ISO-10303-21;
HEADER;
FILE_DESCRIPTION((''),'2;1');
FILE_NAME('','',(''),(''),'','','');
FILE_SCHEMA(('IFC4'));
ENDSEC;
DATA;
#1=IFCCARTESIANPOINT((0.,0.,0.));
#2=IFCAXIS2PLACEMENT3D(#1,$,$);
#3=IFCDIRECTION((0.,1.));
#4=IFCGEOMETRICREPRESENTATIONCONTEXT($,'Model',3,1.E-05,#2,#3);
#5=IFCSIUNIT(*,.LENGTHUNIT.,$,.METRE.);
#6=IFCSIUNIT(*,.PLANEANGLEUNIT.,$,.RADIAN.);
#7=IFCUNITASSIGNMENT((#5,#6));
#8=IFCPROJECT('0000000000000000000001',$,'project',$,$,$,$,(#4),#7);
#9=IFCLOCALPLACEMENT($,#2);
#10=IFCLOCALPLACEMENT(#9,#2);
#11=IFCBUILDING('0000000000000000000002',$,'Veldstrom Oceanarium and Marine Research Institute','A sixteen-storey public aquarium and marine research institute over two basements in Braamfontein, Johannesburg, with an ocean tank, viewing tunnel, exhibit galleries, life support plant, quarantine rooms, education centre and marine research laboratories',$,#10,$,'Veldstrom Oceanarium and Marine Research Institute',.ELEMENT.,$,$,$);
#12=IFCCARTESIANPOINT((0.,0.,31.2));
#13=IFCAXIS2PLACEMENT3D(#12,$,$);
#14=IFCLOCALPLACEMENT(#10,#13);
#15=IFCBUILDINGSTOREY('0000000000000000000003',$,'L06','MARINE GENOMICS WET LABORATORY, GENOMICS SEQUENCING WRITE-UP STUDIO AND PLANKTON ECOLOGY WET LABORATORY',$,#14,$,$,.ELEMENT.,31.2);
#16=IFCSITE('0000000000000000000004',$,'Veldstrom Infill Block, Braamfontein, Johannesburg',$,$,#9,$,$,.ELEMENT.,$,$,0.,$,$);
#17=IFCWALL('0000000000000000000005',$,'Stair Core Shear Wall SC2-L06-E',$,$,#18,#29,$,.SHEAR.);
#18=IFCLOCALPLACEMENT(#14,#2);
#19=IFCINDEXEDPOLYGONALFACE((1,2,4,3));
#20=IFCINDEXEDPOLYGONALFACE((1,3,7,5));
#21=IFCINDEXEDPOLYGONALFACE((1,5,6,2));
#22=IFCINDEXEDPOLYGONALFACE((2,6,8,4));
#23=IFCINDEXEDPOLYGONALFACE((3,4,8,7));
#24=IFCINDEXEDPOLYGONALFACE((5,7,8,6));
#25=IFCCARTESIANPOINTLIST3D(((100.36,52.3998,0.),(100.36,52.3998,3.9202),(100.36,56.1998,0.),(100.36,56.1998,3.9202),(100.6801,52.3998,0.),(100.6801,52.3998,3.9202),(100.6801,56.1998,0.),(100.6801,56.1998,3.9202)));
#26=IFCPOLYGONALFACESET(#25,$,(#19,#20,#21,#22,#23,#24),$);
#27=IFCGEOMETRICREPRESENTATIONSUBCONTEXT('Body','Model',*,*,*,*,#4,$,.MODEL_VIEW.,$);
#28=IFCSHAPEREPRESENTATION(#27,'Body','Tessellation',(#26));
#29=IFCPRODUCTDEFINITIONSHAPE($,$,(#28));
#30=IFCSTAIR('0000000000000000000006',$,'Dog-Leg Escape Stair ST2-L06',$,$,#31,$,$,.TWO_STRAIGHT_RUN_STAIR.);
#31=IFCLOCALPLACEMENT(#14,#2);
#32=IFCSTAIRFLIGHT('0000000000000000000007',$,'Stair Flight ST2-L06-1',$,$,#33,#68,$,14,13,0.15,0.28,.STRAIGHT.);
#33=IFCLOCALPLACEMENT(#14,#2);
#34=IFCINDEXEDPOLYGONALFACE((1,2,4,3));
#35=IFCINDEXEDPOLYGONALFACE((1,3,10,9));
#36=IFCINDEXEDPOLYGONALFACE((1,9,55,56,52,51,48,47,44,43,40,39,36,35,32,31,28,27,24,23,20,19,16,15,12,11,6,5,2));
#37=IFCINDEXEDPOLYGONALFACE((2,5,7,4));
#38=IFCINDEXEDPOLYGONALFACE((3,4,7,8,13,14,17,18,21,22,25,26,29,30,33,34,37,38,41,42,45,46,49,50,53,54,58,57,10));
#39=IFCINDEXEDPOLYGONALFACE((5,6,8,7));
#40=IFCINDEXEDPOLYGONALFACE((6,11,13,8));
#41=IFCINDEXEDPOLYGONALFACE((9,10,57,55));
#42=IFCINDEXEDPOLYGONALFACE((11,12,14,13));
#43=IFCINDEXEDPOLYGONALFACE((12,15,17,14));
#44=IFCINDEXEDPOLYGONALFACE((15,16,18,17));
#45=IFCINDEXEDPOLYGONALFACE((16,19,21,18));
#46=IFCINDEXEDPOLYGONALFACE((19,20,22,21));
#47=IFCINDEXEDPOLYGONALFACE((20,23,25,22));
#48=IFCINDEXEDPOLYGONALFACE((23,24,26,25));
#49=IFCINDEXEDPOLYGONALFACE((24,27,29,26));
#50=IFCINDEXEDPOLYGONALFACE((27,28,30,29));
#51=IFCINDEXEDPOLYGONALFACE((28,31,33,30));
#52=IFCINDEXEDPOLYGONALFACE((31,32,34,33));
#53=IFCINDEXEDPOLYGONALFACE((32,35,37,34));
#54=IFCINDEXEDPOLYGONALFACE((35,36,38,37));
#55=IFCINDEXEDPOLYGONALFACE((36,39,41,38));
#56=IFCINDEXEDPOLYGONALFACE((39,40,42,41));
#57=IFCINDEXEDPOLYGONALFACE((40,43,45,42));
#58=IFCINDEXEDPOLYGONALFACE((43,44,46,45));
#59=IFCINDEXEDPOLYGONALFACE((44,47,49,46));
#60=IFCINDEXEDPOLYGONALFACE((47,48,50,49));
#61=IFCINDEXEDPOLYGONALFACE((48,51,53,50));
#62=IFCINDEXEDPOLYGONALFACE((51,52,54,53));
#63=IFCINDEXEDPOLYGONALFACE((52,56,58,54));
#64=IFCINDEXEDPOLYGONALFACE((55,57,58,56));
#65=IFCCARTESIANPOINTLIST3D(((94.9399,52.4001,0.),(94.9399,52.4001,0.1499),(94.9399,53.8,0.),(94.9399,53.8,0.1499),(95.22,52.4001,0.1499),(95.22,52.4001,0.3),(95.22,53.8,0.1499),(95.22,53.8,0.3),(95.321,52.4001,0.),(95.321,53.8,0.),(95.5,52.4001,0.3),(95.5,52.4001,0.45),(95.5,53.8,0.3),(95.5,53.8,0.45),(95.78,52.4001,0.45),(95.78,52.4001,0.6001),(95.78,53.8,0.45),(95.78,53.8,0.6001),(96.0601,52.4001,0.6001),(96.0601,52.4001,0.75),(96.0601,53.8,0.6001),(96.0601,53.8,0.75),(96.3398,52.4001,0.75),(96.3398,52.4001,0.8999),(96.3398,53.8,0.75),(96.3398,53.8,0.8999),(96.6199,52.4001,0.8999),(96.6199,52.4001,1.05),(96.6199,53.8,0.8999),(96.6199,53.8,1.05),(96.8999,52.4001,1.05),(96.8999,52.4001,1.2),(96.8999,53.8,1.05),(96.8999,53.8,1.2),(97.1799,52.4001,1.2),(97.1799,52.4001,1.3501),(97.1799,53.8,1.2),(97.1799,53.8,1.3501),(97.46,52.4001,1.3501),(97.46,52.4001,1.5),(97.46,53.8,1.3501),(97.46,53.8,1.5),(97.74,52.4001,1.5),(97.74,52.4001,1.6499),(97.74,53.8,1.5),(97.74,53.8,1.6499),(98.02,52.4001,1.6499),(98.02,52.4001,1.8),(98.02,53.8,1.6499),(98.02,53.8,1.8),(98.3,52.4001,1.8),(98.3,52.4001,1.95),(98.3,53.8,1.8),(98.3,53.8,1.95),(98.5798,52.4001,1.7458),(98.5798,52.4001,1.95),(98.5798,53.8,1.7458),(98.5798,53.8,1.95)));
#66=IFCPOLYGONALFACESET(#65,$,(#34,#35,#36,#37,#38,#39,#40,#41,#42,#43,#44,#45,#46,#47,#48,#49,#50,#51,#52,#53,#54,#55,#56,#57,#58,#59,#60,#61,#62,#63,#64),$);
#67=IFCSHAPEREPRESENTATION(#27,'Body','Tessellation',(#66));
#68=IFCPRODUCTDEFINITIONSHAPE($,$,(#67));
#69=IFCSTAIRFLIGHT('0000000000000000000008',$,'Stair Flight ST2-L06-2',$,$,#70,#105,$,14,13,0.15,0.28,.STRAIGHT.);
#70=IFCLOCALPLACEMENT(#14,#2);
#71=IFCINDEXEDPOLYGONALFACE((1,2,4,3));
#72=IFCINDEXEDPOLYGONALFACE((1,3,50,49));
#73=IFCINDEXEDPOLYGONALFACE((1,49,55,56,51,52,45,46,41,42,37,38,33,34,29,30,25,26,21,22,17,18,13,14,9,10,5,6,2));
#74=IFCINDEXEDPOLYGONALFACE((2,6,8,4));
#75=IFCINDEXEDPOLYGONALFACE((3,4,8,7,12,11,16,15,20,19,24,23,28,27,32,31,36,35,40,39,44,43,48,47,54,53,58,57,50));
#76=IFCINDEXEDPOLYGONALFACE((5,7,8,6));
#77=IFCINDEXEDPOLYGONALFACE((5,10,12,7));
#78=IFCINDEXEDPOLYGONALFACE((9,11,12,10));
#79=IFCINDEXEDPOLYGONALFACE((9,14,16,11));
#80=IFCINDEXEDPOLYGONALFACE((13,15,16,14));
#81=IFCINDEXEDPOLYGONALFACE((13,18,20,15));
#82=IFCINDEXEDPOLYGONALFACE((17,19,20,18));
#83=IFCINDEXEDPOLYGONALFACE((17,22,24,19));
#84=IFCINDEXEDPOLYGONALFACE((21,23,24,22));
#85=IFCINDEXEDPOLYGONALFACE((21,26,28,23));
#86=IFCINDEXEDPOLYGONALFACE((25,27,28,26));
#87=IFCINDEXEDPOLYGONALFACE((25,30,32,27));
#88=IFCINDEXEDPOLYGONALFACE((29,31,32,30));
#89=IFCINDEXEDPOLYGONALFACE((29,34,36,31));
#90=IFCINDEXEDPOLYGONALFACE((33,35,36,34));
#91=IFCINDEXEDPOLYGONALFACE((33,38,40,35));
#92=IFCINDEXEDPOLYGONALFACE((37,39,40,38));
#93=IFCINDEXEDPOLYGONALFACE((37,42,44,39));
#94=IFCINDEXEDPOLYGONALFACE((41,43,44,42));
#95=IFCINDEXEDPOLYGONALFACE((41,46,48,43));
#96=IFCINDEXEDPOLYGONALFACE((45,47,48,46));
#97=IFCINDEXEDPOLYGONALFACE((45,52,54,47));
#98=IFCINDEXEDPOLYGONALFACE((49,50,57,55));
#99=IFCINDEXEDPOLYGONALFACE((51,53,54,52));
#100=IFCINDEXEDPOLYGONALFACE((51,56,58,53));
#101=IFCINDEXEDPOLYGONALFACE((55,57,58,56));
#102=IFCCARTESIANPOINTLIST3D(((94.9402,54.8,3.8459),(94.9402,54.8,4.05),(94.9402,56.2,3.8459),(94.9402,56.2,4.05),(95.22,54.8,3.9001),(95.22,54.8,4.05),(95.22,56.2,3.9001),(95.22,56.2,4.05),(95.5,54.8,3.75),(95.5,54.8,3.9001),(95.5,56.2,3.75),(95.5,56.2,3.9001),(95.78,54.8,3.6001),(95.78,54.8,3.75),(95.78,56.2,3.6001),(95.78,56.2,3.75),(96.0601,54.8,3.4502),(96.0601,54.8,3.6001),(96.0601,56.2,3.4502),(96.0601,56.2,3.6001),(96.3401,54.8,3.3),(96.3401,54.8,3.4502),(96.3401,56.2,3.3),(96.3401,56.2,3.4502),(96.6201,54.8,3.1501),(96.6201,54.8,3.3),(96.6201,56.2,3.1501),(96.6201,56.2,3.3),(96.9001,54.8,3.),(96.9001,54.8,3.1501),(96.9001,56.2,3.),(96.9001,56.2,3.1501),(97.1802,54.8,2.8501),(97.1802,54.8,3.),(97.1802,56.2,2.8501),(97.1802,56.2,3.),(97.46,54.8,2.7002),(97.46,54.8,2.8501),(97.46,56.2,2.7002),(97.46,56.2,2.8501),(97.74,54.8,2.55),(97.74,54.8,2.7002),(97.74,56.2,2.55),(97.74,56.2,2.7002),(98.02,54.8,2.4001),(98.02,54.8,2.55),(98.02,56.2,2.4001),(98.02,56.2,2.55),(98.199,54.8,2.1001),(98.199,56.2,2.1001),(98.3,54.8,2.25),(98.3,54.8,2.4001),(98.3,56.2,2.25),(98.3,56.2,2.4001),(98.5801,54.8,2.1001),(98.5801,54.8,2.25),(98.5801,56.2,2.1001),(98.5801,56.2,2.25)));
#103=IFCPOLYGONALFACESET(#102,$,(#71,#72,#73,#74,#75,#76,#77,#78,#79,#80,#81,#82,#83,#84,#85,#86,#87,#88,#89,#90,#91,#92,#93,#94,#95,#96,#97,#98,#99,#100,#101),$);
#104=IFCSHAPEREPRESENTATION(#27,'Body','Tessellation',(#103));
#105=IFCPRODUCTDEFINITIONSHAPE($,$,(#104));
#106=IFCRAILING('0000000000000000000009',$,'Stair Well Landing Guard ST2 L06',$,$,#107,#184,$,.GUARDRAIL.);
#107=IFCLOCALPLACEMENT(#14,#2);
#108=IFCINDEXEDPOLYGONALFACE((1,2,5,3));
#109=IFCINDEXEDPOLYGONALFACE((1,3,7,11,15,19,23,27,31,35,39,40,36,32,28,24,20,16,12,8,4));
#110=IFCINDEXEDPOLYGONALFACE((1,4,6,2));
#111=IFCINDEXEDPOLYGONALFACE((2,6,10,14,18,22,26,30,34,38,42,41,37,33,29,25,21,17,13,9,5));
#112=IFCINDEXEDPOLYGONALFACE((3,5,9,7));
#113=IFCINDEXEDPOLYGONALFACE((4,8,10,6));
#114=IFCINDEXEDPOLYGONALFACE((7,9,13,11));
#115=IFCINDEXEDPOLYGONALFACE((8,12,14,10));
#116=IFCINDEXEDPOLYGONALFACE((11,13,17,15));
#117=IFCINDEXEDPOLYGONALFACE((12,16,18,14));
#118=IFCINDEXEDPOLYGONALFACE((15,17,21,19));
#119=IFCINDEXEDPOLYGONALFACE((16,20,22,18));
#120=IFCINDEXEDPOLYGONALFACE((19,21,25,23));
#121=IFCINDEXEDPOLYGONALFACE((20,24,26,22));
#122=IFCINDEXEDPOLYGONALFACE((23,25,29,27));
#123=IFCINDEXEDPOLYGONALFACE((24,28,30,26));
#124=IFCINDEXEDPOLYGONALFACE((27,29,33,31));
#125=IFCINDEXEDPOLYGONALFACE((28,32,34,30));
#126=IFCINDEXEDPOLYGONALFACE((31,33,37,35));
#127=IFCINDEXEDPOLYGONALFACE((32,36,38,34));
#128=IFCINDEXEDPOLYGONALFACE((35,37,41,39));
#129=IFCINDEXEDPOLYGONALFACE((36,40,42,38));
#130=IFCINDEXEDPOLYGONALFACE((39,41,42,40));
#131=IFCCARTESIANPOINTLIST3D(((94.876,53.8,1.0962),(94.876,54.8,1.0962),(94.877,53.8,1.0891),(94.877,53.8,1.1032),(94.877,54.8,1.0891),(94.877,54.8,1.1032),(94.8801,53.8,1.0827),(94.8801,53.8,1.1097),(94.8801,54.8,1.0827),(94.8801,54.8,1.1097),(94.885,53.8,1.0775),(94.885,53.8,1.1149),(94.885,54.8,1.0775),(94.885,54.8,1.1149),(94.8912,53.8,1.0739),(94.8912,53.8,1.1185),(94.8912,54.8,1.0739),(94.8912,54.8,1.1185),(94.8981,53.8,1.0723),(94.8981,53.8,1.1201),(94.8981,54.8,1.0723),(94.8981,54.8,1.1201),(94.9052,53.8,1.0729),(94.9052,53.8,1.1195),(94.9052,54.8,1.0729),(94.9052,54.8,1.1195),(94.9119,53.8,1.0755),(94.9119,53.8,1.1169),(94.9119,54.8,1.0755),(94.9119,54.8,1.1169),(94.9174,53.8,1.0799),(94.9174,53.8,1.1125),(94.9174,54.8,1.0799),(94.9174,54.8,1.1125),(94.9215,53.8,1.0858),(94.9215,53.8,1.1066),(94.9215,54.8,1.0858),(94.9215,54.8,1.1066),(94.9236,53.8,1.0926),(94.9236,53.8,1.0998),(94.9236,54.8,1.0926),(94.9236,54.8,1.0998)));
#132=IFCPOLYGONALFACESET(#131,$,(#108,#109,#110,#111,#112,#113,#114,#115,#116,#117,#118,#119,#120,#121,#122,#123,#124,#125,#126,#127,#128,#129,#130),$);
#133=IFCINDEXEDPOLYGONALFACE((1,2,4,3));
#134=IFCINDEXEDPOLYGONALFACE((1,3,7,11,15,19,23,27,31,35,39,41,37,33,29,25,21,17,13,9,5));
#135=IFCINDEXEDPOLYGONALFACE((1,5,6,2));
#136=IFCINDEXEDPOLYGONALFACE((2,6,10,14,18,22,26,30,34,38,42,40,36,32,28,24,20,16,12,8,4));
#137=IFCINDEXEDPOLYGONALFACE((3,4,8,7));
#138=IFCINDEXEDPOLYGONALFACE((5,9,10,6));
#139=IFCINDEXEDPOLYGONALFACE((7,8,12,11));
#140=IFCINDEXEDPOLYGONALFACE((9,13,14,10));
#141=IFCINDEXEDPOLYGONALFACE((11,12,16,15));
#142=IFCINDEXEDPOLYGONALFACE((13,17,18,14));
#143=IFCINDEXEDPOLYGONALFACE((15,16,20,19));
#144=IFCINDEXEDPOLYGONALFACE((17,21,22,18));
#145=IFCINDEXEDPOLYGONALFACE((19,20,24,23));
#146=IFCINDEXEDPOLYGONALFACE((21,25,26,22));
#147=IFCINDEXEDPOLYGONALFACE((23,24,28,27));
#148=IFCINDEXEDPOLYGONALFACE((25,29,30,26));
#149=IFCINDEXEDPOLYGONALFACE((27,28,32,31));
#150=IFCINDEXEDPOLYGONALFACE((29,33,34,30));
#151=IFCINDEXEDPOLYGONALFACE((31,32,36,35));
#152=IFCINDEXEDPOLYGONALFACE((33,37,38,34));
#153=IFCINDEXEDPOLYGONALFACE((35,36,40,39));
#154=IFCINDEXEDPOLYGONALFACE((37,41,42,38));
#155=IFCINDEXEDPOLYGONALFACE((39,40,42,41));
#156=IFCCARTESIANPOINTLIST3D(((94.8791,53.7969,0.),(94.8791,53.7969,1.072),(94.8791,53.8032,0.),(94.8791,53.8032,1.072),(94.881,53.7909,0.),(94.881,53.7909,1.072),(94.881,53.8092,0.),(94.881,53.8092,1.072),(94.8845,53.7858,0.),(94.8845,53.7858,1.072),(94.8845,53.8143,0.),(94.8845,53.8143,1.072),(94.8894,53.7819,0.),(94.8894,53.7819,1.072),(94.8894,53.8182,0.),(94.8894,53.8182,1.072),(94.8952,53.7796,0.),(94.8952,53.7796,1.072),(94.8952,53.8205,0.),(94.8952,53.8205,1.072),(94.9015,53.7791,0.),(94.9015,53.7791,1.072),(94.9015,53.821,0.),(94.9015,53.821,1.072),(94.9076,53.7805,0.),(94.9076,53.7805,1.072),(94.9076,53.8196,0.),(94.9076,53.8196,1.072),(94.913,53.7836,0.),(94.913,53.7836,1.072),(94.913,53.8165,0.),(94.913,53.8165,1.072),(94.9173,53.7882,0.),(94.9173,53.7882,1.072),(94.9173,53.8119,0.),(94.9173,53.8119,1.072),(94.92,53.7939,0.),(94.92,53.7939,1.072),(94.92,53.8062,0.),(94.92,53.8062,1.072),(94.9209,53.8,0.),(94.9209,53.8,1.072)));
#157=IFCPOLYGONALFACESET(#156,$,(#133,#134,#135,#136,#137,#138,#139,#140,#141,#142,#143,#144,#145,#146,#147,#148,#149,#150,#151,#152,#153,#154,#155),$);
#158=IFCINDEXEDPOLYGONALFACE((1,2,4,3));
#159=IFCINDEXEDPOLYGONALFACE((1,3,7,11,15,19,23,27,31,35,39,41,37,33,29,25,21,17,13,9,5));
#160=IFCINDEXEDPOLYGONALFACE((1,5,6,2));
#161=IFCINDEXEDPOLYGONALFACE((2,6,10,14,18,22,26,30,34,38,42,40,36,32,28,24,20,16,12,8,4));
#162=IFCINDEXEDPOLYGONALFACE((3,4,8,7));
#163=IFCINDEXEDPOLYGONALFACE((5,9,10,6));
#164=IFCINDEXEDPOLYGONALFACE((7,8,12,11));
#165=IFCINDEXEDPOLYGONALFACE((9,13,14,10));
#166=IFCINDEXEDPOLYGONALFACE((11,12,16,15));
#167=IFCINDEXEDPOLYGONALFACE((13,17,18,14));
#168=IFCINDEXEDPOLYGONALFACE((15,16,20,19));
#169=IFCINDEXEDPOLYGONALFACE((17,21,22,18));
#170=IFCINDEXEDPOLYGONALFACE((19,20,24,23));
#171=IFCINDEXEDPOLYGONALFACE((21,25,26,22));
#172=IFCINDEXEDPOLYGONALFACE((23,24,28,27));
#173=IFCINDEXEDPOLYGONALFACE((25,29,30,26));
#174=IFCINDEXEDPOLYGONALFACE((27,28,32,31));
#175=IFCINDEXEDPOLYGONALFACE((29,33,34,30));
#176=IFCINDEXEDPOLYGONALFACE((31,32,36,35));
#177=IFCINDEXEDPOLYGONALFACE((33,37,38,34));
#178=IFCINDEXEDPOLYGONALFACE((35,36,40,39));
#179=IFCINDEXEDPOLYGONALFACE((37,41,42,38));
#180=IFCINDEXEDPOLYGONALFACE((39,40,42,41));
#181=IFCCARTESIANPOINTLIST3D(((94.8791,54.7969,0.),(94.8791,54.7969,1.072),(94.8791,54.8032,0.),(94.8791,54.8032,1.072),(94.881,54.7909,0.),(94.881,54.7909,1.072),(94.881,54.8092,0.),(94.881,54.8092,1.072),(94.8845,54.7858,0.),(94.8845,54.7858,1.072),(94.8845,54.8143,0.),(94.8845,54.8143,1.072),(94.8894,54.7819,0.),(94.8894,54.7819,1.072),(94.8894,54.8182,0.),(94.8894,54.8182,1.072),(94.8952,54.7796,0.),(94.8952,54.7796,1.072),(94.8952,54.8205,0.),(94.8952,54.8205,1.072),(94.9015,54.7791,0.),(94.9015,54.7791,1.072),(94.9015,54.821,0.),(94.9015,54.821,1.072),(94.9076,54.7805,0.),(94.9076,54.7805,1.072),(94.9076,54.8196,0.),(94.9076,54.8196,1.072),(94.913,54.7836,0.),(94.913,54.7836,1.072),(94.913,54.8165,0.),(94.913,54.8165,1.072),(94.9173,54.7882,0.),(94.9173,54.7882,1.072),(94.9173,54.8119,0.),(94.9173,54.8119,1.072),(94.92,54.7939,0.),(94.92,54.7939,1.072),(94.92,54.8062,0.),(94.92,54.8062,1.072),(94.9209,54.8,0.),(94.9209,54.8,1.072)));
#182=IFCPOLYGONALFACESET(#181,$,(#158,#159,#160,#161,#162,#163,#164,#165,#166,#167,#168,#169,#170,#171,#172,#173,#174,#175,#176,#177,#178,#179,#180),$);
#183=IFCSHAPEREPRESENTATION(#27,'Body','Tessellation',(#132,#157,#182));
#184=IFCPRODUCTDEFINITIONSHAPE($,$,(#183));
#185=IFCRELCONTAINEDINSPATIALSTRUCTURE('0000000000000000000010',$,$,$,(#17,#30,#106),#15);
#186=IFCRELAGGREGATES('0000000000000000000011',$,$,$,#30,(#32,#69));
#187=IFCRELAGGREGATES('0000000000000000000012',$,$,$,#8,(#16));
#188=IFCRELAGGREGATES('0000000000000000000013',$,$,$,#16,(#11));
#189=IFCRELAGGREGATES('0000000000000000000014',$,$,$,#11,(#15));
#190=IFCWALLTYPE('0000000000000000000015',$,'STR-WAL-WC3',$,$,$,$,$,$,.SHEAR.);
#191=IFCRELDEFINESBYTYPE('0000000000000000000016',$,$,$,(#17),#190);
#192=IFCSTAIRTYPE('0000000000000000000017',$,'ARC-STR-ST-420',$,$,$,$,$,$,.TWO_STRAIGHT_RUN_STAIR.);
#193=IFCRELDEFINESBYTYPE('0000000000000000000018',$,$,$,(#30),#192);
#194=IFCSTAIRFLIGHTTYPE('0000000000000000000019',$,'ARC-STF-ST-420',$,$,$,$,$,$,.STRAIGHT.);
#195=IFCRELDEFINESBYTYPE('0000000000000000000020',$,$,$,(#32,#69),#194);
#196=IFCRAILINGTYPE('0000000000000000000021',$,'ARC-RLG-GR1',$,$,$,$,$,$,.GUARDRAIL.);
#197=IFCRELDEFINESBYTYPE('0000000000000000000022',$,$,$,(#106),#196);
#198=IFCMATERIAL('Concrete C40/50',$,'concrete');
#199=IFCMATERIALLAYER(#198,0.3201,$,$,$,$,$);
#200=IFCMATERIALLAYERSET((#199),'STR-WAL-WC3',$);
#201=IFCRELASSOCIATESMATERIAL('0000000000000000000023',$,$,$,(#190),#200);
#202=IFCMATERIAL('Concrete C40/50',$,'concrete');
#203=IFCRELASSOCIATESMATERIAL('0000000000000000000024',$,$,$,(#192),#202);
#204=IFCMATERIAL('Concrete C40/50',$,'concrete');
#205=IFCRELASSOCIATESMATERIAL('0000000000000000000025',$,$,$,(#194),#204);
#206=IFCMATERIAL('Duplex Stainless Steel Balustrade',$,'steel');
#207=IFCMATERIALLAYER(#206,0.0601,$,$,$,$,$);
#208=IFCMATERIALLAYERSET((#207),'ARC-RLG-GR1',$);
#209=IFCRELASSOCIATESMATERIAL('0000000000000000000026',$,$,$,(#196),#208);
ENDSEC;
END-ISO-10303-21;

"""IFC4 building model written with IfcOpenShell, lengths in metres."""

from ifc_helpers import new_model, si_unit, direction, frame, frame_2d, origin, origin_2d, place, context, subcontext, project, spatial, polyline, rectangle, circle, outline, extrude, material, layer, layer_set, type_object, element, aggregate, save


model = new_model("IFC4")

# Units and contexts
model_context = context("Model", 3, precision=1e-05, world=origin(), true_north=direction((0.0, 1.0)))
body_context = subcontext(model_context, "Body", "Model", "MODEL_VIEW")
ifc_project = project(units=[si_unit("LENGTHUNIT", "METRE"), si_unit("PLANEANGLEUNIT", "RADIAN")], contexts=[model_context])

# Site, building, storey
site_placement = place(None, origin())
site = spatial("IfcSite", under=ifc_project, at=site_placement, Name="Veldstrom Infill Block, Braamfontein, Johannesburg", CompositionType="ELEMENT", RefElevation=0.0)
building_placement = place(site_placement, origin())
building = spatial("IfcBuilding", under=site, at=building_placement, Name="Veldstrom Oceanarium and Marine Research Institute", Description="A sixteen-storey public aquarium and marine research institute over two basements in Braamfontein, Johannesburg, with an ocean tank, viewing tunnel, exhibit galleries, life support plant, quarantine rooms, education centre and marine research laboratories", LongName="Veldstrom Oceanarium and Marine Research Institute", CompositionType="ELEMENT")
storey_placement = place(building_placement, frame((0.0, 0.0, 31.2)))
storey = spatial("IfcBuildingStorey", under=building, at=storey_placement, Name="L06", Description="MARINE GENOMICS WET LABORATORY, GENOMICS SEQUENCING WRITE-UP STUDIO AND PLANKTON ECOLOGY WET LABORATORY", CompositionType="ELEMENT", Elevation=31.2)

# Shared definitions
ifc_material_1 = material(Name="Concrete C40/50", Category="concrete")
ifc_layer_1 = layer(ifc_material_1, 0.3201)
ifc_layer_set_1 = layer_set([ifc_layer_1], Name="STR-WAL-WC3")
wall_type_1 = type_object("IfcWallType", Name="STR-WAL-WC3", PredefinedType="SHEAR", material=ifc_layer_set_1)

# Wall
for number, where, z_axis, x_axis, name in (
    (1, (100.52, 52.3999, 0.0), (0.0, 0.0, 1.0), (0.0, 1.0, 0.0), "Stair Core Shear Wall SC2-L06-E"),
):
    element("IfcWall", number, at=place(storey_placement, frame(where, z_axis=z_axis, x_axis=x_axis)), inside=storey, type_object=wall_type_1, Name=name, PredefinedType="SHEAR", context=body_context, shape_type="SweptSolid", body=[
        extrude(rectangle(XDim=3.8, YDim=0.3201, at=frame_2d((1.8999, 0.0))), origin(), (0.0, 0.0, 1.0), 3.9202),
    ])

# Stair, stair flights
ifc_material_2 = material(Name="Concrete C40/50", Category="concrete")
stair_type = type_object("IfcStairType", Name="ARC-STR-ST-420", PredefinedType="TWO_STRAIGHT_RUN_STAIR", material=ifc_material_2)
stair_placement = place(storey_placement, origin())
stair = element("IfcStair", 2, at=stair_placement, inside=storey, type_object=stair_type, Name="Dog-Leg Escape Stair ST2-L06", PredefinedType="TWO_STRAIGHT_RUN_STAIR")
ifc_material_3 = material(Name="Concrete C40/50", Category="concrete")
stair_flight_type = type_object("IfcStairFlightType", Name="ARC-STF-ST-420", PredefinedType="STRAIGHT", material=ifc_material_3)
stair_flight_1_placement = place(storey_placement, frame((94.9399, 53.1001, 0.0), z_axis=(0.0, 0.0, 1.0), x_axis=(1.0, 0.0, 0.0)))
stair_flight_1 = element("IfcStairFlight", 3, at=stair_flight_1_placement, type_object=stair_flight_type, Name="Stair Flight ST2-L06-1", NumberOfRisers=14, NumberOfTreads=13, PredefinedType="STRAIGHT", RiserHeight=0.15, TreadLength=0.28, context=body_context, shape_type="SweptSolid", body=[
    extrude(outline(polyline([(0.0, 0.0), (0.0, 0.1499), (0.28, 0.1499), (0.28, 0.3), (0.5601, 0.3), (0.5601, 0.45), (0.8401, 0.45), (0.8401, 0.6001), (1.1201, 0.6001), (1.1201, 0.75), (1.3999, 0.75), (1.3999, 0.8999), (1.6799, 0.8999), (1.6799, 1.05), (1.96, 1.05), (1.96, 1.2), (2.24, 1.2), (2.24, 1.3501), (2.52, 1.3501), (2.52, 1.5), (2.8, 1.5), (2.8, 1.6499), (3.0801, 1.6499), (3.0801, 1.8), (3.3601, 1.8), (3.3601, 1.95), (3.6399, 1.95), (3.6399, 2.1001), (3.6399, 1.7458), (0.3811, 0.0), (0.0, 0.0)])), frame((0.0, 0.7, 0.0), z_axis=(0.0, -1.0, 0.0), x_axis=(1.0, 0.0, 0.0)), (0.0, 0.0, 1.0), 1.3999),
])
stair_flight_2_placement = place(storey_placement, frame((98.5801, 55.5, 2.1001), z_axis=(0.0, 0.0, 1.0), x_axis=(-1.0, 0.0, 0.0)))
stair_flight_2 = element("IfcStairFlight", 4, at=stair_flight_2_placement, type_object=stair_flight_type, Name="Stair Flight ST2-L06-2", NumberOfRisers=14, NumberOfTreads=13, PredefinedType="STRAIGHT", RiserHeight=0.15, TreadLength=0.28, context=body_context, shape_type="SweptSolid", body=[
    extrude(outline(polyline([(0.0, 0.0), (0.0, 0.1499), (0.28, 0.1499), (0.28, 0.3), (0.5601, 0.3), (0.5601, 0.45), (0.8401, 0.45), (0.8401, 0.6001), (1.1201, 0.6001), (1.1201, 0.75), (1.3999, 0.75), (1.3999, 0.8999), (1.6799, 0.8999), (1.6799, 1.05), (1.96, 1.05), (1.96, 1.2), (2.24, 1.2), (2.24, 1.3501), (2.52, 1.3501), (2.52, 1.5), (2.8, 1.5), (2.8, 1.6499), (3.0801, 1.6499), (3.0801, 1.8), (3.3601, 1.8), (3.3601, 1.95), (3.6399, 1.95), (3.6399, 2.1001), (3.6399, 1.7458), (0.3811, 0.0), (0.0, 0.0)])), frame((0.0, 0.7, 0.0), z_axis=(0.0, -1.0, 0.0), x_axis=(1.0, 0.0, 0.0)), (0.0, 0.0, 1.0), 1.3999),
])
aggregate(stair, [stair_flight_1, stair_flight_2])

# Railing
ifc_material_4 = material(Name="Duplex Stainless Steel Balustrade", Category="steel")
ifc_layer_2 = layer(ifc_material_4, 0.0601)
ifc_layer_set_2 = layer_set([ifc_layer_2], Name="ARC-RLG-GR1")
railing_type_1 = type_object("IfcRailingType", Name="ARC-RLG-GR1", PredefinedType="GUARDRAIL", material=ifc_layer_set_2)
railing_1_placement = place(storey_placement, frame((94.8999, 53.8, 0.0)))
element("IfcRailing", 5, at=railing_1_placement, inside=storey, type_object=railing_type_1, Name="Stair Well Landing Guard ST2 L06", PredefinedType="GUARDRAIL", context=body_context, shape_type="SweptSolid", body=[
    extrude(circle(Radius=0.0239, at=origin_2d()), frame((0.0, 0.0, 1.0962), z_axis=(0.0, 1.0, 0.0), x_axis=(-1.0, 0.0, 0.0)), (0.0, 0.0, 1.0), 1.0),
    extrude(circle(Radius=0.021, at=origin_2d()), origin(), (0.0, 0.0, 1.0), 1.072),
    extrude(circle(Radius=0.021, at=origin_2d()), frame((0.0, 1.0, 0.0)), (0.0, 0.0, 1.0), 1.072),
])

save(model, "model.ifc")
